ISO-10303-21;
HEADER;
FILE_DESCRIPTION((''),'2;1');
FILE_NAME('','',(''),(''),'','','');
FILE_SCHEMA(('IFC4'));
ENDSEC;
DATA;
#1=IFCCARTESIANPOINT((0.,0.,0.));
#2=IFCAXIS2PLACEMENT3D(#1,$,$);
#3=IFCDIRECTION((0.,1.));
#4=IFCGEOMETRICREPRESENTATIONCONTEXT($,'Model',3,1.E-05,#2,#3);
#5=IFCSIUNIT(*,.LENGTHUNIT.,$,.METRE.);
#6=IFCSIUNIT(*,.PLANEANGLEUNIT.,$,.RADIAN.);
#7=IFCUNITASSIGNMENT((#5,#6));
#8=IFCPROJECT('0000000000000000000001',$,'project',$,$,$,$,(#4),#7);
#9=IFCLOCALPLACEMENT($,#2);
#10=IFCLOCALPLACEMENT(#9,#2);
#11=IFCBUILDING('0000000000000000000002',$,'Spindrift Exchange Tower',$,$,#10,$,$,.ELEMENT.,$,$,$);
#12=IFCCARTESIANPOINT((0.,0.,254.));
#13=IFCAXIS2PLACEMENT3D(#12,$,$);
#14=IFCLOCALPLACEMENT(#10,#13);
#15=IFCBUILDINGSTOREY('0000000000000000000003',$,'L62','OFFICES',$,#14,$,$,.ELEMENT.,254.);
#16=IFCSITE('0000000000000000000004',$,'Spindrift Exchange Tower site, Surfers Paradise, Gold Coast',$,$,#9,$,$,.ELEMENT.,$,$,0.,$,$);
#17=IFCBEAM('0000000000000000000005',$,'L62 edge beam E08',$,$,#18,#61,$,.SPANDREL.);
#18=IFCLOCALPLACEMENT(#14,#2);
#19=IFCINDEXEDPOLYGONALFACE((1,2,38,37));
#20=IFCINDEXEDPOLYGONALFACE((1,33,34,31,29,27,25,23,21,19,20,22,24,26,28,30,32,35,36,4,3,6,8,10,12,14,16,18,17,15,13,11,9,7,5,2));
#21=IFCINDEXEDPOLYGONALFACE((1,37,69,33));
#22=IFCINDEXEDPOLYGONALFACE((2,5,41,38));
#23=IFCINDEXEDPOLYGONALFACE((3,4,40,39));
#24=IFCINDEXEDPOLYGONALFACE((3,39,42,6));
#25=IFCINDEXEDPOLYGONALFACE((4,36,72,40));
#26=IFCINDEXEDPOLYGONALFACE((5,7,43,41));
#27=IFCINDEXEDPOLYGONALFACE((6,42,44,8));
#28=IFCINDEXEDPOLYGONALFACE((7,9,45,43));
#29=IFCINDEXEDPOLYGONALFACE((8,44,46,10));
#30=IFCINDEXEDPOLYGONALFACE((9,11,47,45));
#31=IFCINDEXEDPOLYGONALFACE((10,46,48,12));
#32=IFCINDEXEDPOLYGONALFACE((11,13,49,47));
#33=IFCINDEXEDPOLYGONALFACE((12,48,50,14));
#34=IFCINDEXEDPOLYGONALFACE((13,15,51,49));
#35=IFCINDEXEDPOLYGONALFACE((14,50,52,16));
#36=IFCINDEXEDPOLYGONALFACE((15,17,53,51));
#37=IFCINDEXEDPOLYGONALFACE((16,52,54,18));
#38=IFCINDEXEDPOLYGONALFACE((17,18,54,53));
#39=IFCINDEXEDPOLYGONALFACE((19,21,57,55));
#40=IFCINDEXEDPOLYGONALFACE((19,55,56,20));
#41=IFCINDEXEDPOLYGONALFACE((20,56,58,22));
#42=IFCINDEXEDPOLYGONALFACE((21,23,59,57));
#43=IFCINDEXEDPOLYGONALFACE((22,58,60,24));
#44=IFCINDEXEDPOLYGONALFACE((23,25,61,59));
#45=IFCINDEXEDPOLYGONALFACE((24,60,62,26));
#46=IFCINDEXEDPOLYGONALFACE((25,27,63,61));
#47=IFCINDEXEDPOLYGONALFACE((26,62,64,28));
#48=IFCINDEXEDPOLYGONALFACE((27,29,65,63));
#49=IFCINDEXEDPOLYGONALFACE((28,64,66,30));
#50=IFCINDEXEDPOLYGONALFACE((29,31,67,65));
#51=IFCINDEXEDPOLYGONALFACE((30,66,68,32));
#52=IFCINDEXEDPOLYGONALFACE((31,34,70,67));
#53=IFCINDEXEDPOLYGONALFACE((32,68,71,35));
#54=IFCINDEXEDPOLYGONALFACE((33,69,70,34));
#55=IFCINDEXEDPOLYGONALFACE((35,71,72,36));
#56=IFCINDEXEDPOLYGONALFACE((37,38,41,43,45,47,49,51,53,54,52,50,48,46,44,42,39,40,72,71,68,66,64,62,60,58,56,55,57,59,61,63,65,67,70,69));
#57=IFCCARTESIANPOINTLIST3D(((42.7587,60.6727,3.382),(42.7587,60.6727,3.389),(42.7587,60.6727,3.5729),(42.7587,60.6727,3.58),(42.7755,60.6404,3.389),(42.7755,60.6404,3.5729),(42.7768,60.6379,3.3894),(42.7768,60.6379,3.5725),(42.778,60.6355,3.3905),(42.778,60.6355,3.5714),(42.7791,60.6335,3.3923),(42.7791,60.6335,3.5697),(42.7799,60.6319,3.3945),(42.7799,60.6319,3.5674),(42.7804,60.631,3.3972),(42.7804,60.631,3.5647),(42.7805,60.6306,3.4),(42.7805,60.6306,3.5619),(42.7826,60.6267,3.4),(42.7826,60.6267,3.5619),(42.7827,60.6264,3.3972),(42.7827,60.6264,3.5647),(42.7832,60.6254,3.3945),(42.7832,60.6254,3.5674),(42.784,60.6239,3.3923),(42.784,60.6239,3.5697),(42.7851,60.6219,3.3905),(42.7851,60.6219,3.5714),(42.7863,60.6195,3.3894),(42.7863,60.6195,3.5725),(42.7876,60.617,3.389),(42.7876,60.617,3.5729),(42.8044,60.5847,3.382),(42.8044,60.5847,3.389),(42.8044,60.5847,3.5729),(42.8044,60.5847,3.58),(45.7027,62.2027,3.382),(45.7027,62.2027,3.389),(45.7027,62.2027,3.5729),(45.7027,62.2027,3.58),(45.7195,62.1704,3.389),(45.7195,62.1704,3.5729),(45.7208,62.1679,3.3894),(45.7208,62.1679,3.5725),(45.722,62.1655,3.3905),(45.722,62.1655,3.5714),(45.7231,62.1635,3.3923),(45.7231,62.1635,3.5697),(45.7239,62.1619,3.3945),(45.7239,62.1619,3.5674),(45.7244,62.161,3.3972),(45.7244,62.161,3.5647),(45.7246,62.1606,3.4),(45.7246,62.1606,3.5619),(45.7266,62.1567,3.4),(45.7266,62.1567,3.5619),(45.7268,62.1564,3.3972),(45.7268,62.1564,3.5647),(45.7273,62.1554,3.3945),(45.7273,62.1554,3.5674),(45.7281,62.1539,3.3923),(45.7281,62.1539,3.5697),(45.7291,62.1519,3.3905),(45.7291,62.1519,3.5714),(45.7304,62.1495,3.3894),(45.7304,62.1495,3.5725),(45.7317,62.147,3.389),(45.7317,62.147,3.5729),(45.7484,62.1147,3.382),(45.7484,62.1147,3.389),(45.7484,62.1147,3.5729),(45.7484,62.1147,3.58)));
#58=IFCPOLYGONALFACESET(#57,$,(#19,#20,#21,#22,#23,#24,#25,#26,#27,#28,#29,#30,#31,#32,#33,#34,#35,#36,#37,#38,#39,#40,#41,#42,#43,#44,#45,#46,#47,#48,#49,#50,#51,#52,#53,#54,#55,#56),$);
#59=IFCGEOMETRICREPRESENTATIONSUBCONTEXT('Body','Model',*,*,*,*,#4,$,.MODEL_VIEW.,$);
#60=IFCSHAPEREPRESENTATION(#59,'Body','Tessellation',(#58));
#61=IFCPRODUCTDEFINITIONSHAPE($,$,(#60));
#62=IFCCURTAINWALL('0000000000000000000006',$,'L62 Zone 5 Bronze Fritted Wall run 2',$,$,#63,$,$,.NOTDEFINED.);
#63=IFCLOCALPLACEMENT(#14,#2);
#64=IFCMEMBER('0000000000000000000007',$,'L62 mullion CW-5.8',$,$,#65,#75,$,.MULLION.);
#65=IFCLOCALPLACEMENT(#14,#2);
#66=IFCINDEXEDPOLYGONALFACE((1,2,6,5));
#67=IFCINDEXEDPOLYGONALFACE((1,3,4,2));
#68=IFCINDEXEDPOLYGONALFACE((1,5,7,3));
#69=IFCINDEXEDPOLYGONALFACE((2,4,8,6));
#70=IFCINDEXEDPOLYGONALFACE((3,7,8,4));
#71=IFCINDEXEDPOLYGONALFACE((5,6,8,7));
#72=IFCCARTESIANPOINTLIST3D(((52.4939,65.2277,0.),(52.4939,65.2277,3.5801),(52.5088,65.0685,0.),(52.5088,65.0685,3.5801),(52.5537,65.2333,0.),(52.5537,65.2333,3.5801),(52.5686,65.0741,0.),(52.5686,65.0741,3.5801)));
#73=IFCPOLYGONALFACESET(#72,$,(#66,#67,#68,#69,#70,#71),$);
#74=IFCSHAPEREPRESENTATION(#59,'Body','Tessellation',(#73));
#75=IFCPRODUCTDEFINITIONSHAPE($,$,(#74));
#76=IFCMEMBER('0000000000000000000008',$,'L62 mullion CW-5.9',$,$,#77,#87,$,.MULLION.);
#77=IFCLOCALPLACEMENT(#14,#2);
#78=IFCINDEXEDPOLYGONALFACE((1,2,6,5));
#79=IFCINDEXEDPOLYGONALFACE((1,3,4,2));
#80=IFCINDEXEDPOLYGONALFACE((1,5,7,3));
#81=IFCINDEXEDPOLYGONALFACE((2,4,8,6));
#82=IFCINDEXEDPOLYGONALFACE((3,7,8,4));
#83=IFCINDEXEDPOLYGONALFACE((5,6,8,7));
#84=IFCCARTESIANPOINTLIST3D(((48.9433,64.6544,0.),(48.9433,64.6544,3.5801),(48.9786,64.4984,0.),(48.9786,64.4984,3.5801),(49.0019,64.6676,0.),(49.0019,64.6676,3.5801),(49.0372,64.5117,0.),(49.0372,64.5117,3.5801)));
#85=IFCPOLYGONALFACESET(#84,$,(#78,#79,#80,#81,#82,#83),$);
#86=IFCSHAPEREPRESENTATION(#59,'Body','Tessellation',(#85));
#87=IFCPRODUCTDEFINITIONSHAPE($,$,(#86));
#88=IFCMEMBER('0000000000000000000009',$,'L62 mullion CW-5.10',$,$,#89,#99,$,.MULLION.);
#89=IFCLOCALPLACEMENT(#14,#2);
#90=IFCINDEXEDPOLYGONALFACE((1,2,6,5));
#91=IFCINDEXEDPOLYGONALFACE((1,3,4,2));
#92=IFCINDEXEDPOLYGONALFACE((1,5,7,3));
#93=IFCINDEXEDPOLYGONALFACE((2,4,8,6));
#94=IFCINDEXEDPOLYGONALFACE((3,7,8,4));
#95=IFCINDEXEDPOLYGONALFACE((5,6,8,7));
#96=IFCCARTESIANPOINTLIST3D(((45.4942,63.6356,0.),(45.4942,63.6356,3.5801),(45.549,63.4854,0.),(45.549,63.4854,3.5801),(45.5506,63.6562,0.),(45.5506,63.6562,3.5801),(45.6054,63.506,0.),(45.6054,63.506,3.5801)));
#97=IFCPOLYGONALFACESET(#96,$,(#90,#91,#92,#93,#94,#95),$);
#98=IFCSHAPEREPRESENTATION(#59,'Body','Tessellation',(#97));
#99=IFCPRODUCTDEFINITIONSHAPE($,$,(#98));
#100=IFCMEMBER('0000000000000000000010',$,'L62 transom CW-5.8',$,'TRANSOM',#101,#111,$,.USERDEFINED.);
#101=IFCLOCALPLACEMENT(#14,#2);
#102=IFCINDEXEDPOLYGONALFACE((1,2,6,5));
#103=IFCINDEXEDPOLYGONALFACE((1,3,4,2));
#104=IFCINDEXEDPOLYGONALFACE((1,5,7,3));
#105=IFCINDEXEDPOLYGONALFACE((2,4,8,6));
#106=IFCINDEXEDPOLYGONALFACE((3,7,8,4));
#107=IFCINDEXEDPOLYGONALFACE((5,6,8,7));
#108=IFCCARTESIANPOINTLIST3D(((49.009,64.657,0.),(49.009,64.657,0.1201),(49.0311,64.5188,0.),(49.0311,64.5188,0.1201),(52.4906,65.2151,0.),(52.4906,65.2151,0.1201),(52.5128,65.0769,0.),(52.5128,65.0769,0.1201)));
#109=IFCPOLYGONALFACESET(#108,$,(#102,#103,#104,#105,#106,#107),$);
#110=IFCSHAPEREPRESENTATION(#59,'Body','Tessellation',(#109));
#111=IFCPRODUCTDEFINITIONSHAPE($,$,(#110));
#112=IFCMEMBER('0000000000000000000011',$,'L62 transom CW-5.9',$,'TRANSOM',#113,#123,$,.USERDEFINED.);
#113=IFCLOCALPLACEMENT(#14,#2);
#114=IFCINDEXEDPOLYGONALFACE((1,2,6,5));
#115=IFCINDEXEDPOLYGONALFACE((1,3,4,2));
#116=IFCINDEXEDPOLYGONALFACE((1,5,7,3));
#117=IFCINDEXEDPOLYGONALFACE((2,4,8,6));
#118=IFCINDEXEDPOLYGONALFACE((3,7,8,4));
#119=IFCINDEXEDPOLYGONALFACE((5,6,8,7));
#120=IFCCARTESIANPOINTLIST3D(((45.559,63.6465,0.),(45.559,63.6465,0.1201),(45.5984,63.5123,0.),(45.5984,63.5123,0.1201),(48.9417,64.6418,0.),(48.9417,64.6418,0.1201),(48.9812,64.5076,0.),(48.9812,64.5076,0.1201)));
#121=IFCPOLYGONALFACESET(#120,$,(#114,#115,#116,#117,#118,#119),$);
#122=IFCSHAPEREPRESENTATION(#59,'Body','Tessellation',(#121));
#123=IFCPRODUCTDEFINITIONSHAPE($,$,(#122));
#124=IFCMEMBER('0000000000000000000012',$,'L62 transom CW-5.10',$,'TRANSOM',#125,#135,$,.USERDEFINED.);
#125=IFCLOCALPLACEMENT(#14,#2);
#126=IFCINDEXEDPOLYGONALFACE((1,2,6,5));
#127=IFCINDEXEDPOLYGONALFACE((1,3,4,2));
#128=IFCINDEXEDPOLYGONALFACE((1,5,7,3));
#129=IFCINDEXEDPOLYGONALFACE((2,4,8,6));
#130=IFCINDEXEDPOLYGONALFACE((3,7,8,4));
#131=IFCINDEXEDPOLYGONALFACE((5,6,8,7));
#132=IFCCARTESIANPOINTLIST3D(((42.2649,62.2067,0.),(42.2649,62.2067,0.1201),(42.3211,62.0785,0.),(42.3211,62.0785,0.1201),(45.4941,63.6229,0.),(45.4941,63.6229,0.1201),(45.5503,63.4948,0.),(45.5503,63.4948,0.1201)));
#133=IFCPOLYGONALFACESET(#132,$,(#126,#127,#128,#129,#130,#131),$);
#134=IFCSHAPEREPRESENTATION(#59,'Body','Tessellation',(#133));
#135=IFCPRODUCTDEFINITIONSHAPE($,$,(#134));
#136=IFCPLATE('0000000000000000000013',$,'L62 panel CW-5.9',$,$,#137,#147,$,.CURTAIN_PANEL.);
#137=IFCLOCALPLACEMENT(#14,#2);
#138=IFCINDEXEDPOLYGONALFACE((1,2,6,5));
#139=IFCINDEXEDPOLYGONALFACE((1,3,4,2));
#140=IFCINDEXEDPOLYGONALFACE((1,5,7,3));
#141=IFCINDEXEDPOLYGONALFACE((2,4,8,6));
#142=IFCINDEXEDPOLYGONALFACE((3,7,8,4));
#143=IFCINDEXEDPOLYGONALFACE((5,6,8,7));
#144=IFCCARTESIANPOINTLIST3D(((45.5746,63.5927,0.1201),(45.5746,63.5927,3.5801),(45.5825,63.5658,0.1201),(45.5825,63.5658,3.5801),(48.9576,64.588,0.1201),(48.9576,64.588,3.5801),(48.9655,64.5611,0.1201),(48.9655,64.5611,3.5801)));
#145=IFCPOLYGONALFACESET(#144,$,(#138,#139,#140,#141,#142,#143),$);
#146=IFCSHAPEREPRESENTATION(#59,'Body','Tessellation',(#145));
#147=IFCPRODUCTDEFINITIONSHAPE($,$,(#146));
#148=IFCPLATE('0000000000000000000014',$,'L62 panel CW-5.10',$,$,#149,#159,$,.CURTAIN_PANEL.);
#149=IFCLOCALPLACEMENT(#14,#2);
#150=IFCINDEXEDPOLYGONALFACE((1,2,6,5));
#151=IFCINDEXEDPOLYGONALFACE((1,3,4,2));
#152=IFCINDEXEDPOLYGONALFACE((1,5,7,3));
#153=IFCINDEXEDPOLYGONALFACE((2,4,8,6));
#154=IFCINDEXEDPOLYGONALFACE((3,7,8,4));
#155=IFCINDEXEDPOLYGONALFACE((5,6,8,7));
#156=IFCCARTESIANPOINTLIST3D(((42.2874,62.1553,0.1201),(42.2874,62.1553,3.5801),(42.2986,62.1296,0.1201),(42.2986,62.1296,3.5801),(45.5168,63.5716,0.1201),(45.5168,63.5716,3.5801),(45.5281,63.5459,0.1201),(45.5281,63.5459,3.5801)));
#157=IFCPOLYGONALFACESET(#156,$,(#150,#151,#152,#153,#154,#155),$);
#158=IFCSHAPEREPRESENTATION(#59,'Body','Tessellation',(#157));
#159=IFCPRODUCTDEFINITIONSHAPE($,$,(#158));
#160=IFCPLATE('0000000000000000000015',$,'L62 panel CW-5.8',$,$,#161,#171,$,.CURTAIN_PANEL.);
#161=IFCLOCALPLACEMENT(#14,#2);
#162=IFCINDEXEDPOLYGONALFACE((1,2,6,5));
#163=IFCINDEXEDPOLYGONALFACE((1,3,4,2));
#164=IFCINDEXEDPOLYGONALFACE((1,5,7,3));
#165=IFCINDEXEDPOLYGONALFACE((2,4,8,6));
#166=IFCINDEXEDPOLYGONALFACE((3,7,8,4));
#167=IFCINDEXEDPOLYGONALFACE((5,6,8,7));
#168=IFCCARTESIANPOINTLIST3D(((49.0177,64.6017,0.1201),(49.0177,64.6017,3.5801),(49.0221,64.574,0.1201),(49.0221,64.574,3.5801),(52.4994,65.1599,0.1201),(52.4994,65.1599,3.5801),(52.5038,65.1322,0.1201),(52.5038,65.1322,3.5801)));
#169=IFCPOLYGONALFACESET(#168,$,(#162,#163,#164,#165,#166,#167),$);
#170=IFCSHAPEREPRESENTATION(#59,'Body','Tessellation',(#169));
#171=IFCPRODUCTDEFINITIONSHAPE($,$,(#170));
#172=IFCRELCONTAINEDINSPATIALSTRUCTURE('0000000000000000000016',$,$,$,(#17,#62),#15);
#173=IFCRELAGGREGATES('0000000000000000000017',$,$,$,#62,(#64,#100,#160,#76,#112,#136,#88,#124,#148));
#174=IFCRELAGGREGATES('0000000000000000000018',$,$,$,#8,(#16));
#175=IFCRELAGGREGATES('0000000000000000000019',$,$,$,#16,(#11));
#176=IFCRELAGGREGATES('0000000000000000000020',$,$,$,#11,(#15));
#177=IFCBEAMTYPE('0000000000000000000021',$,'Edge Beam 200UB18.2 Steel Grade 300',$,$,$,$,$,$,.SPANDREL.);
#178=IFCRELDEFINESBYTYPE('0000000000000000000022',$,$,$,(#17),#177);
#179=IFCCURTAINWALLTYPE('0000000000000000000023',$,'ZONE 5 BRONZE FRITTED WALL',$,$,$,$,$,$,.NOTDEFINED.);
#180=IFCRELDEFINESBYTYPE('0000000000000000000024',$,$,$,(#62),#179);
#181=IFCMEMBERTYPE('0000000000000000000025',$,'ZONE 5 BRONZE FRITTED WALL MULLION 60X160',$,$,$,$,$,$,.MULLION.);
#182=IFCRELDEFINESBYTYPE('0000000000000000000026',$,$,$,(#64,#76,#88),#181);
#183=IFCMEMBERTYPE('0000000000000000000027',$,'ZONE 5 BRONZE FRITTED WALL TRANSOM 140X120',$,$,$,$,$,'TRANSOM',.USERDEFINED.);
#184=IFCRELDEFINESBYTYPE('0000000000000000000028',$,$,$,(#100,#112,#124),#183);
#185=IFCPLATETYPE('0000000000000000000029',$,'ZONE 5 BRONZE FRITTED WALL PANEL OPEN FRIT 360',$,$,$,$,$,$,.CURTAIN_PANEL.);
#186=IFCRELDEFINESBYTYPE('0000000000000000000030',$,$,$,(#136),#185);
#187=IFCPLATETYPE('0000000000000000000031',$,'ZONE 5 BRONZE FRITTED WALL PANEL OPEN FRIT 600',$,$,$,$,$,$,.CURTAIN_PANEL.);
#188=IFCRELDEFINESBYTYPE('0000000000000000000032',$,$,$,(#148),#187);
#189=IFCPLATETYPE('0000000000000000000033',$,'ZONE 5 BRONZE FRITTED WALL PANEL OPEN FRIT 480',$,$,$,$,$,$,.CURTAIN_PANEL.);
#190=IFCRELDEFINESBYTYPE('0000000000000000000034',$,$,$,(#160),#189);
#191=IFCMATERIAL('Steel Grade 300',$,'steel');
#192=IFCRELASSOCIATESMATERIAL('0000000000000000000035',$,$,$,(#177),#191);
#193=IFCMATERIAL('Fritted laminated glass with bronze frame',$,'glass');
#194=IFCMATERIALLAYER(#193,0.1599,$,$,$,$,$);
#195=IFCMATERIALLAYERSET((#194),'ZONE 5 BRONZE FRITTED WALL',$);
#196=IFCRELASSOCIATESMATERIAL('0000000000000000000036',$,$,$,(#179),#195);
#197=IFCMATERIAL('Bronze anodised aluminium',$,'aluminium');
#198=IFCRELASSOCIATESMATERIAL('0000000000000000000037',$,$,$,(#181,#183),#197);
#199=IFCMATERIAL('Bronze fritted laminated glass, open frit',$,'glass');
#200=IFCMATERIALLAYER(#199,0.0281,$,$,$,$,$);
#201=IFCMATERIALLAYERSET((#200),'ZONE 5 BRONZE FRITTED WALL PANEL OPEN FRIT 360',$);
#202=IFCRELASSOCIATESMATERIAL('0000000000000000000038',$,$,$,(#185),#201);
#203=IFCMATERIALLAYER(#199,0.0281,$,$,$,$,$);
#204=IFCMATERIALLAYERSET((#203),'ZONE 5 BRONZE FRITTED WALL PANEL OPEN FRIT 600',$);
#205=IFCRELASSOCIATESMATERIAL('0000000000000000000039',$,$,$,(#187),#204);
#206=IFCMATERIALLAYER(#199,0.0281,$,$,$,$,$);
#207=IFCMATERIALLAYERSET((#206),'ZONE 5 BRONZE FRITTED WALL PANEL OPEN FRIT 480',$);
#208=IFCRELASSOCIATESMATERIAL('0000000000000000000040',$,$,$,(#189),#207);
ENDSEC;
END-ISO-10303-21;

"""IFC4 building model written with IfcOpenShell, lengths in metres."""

from ifc_helpers import new_model, si_unit, direction, frame, origin, origin_2d, place, context, subcontext, project, spatial, rectangle, i_section, extrude, source, transform, mapped, material, layer, layer_set, material_profile, profile_set, type_object, element, aggregate, save


model = new_model("IFC4")

# Units and contexts
model_context = context("Model", 3, precision=1e-05, world=origin(), true_north=direction((0.0, 1.0)))
body_context = subcontext(model_context, "Body", "Model", "MODEL_VIEW")
ifc_project = project(units=[si_unit("LENGTHUNIT", "METRE"), si_unit("PLANEANGLEUNIT", "RADIAN")], contexts=[model_context])

# Site, building, storey
site_placement = place(None, origin())
site = spatial("IfcSite", under=ifc_project, at=site_placement, Name="Spindrift Exchange Tower site, Surfers Paradise, Gold Coast", CompositionType="ELEMENT", RefElevation=0.0)
building_placement = place(site_placement, origin())
building = spatial("IfcBuilding", under=site, at=building_placement, Name="Spindrift Exchange Tower", CompositionType="ELEMENT")
storey_placement = place(building_placement, frame((0.0, 0.0, 254.0)))
storey = spatial("IfcBuildingStorey", under=building, at=storey_placement, Name="L62", Description="OFFICES", CompositionType="ELEMENT", Elevation=254.0)

# Beam
ifc_material_1 = material(Name="Steel Grade 300", Category="steel")
ifc_material_profile_1 = material_profile(ifc_material_1, i_section(OverallWidth=0.0991, OverallDepth=0.198, WebThickness=0.0044, FlangeThickness=0.0071, FilletRadius=0.011, at=origin_2d()), Name="200UB18.2")
ifc_profile_set_1 = profile_set([ifc_material_profile_1], Name="Steel Grade 300")
beam_type_1 = type_object("IfcBeamType", Name="Edge Beam 200UB18.2 Steel Grade 300", PredefinedType="SPANDREL", material=ifc_profile_set_1)
shared_shape_1 = source(origin(), body_context, "Body", "SweptSolid", [
    extrude(i_section(OverallWidth=0.0991, OverallDepth=0.198, WebThickness=0.0044, FlangeThickness=0.0071, FilletRadius=0.011, at=origin_2d()), origin(), (0.0, 0.0, 1.0), 3.3179),
])
beam_1_placement = place(storey_placement, frame((45.7256, 62.1587, 3.481), z_axis=(-0.887328, -0.46114, 0.0), x_axis=(0.46114, -0.887328, 0.0)))
element("IfcBeam", 1, at=beam_1_placement, inside=storey, type_object=beam_type_1, Name="L62 edge beam E08", PredefinedType="SPANDREL", context=body_context, shape_type="MappedRepresentation", body=[
    mapped(shared_shape_1, transform((0.0, 0.0, 0.0), scale=1.0)),
])

# Curtain wall, members, plates
ifc_material_2 = material(Name="Fritted laminated glass with bronze frame", Category="glass")
ifc_layer_1 = layer(ifc_material_2, 0.1599)
ifc_layer_set_1 = layer_set([ifc_layer_1], Name="ZONE 5 BRONZE FRITTED WALL")
curtain_wall_type = type_object("IfcCurtainWallType", Name="ZONE 5 BRONZE FRITTED WALL", PredefinedType="NOTDEFINED", material=ifc_layer_set_1)
curtain_wall_placement = place(storey_placement, origin())
curtain_wall = element("IfcCurtainWall", 2, at=curtain_wall_placement, inside=storey, type_object=curtain_wall_type, Name="L62 Zone 5 Bronze Fritted Wall run 2", PredefinedType="NOTDEFINED")
ifc_material_3 = material(Name="Bronze anodised aluminium", Category="aluminium")
ifc_material_profile_2 = material_profile(ifc_material_3, rectangle(XDim=0.0601, YDim=0.1599, at=origin_2d()), Name="ZONE 5 BRONZE FRITTED WALL MULLION 60X160")
ifc_profile_set_2 = profile_set([ifc_material_profile_2], Name="Bronze anodised aluminium")
member_type_1 = type_object("IfcMemberType", Name="ZONE 5 BRONZE FRITTED WALL MULLION 60X160", PredefinedType="MULLION", material=ifc_profile_set_2)
shared_shape_2 = source(origin(), body_context, "Body", "SweptSolid", [
    extrude(rectangle(XDim=0.0601, YDim=0.1599, at=origin_2d()), origin(), (0.0, 0.0, 1.0), 3.5801),
])
member_1_placement = place(storey_placement, frame((52.5312, 65.1509, 0.0), z_axis=(0.0, 0.0, 1.0), x_axis=(-0.995656, -0.093113, 0.0)))
member_1 = element("IfcMember", 3, at=member_1_placement, type_object=member_type_1, Name="L62 mullion CW-5.8", PredefinedType="MULLION", context=body_context, shape_type="MappedRepresentation", body=[
    mapped(shared_shape_2, transform((0.0, 0.0, 0.0), scale=1.0)),
])
member_2_placement = place(storey_placement, frame((48.9902, 64.583, 0.0), z_axis=(0.0, 0.0, 1.0), x_axis=(-0.975338, -0.220716, 0.0)))
member_2 = element("IfcMember", 4, at=member_2_placement, type_object=member_type_1, Name="L62 mullion CW-5.9", PredefinedType="MULLION", context=body_context, shape_type="MappedRepresentation", body=[
    mapped(shared_shape_2, transform((0.0, 0.0, 0.0), scale=1.0)),
])
member_3_placement = place(storey_placement, frame((45.5498, 63.5708, 0.0), z_axis=(0.0, 0.0, 1.0), x_axis=(-0.939469, -0.342634, 0.0)))
member_3 = element("IfcMember", 5, at=member_3_placement, type_object=member_type_1, Name="L62 mullion CW-5.10", PredefinedType="MULLION", context=body_context, shape_type="MappedRepresentation", body=[
    mapped(shared_shape_2, transform((0.0, 0.0, 0.0), scale=1.0)),
])
ifc_material_profile_3 = material_profile(ifc_material_3, rectangle(XDim=0.1399, YDim=0.1201, at=origin_2d()), Name="ZONE 5 BRONZE FRITTED WALL TRANSOM 140X120")
ifc_profile_set_3 = profile_set([ifc_material_profile_3], Name="Bronze anodised aluminium")
member_type_2 = type_object("IfcMemberType", Name="ZONE 5 BRONZE FRITTED WALL TRANSOM 140X120", ElementType="TRANSOM", PredefinedType="USERDEFINED", material=ifc_profile_set_3)
shared_shape_3 = source(origin(), body_context, "Body", "SweptSolid", [
    extrude(rectangle(XDim=0.1399, YDim=0.1201, at=origin_2d()), origin(), (0.0, 0.0, 1.0), 3.5261),
])
member_4_placement = place(storey_placement, frame((52.5017, 65.146, 0.0601), z_axis=(-0.987395, -0.158277, 0.0), x_axis=(0.158277, -0.987395, 0.0)))
member_4 = element("IfcMember", 6, at=member_4_placement, type_object=member_type_2, Name="L62 transom CW-5.8", ObjectType="TRANSOM", PredefinedType="USERDEFINED", context=body_context, shape_type="MappedRepresentation", body=[
    mapped(shared_shape_3, transform((0.0, 0.0, 0.0), scale=1.0)),
])
member_5_placement = place(storey_placement, frame((48.9614, 64.5747, 0.0601), z_axis=(-0.959334, -0.282275, 0.0), x_axis=(0.282275, -0.959334, 0.0)))
member_5 = element("IfcMember", 7, at=member_5_placement, type_object=member_type_2, Name="L62 transom CW-5.9", ObjectType="TRANSOM", PredefinedType="USERDEFINED", context=body_context, shape_type="MappedRepresentation", body=[
    mapped(shared_shape_3, transform((0.0, 0.0, 0.0), scale=1.0)),
])
member_6_placement = place(storey_placement, frame((45.5222, 63.5588, 0.0601), z_axis=(-0.915796, -0.401643, 0.0), x_axis=(0.401643, -0.915796, 0.0)))
member_6 = element("IfcMember", 8, at=member_6_placement, type_object=member_type_2, Name="L62 transom CW-5.10", ObjectType="TRANSOM", PredefinedType="USERDEFINED", context=body_context, shape_type="MappedRepresentation", body=[
    mapped(shared_shape_3, transform((0.0, 0.0, 0.0), scale=1.0)),
])
ifc_material_4 = material(Name="Bronze fritted laminated glass, open frit", Category="glass")
ifc_layer_2 = layer(ifc_material_4, 0.0281)
ifc_layer_set_2 = layer_set([ifc_layer_2], Name="ZONE 5 BRONZE FRITTED WALL PANEL OPEN FRIT 360")
plate_type_1 = type_object("IfcPlateType", Name="ZONE 5 BRONZE FRITTED WALL PANEL OPEN FRIT 360", PredefinedType="CURTAIN_PANEL", material=ifc_layer_set_2)
shared_shape_4 = source(origin(), body_context, "Body", "SweptSolid", [
    extrude(rectangle(XDim=3.5264, YDim=0.0281, at=origin_2d()), origin(), (0.0, 0.0, 1.0), 3.46),
])
plate_1_placement = place(storey_placement, frame((47.27, 64.0769, 0.1201), z_axis=(0.0, 0.0, 1.0), x_axis=(-0.959344, -0.282241, 0.0)))
plate_1 = element("IfcPlate", 9, at=plate_1_placement, type_object=plate_type_1, Name="L62 panel CW-5.9", PredefinedType="CURTAIN_PANEL", context=body_context, shape_type="MappedRepresentation", body=[
    mapped(shared_shape_4, transform((0.0, 0.0, 0.0), scale=1.0)),
])
ifc_layer_3 = layer(ifc_material_4, 0.0281)
ifc_layer_set_3 = layer_set([ifc_layer_3], Name="ZONE 5 BRONZE FRITTED WALL PANEL OPEN FRIT 600")
plate_type_2 = type_object("IfcPlateType", Name="ZONE 5 BRONZE FRITTED WALL PANEL OPEN FRIT 600", PredefinedType="CURTAIN_PANEL", material=ifc_layer_set_3)
shared_shape_5 = source(origin(), body_context, "Body", "SweptSolid", [
    extrude(rectangle(XDim=3.5264, YDim=0.0281, at=origin_2d()), origin(), (0.0, 0.0, 1.0), 3.46),
])
plate_2_placement = place(storey_placement, frame((43.9077, 62.8506, 0.1201), z_axis=(0.0, 0.0, 1.0), x_axis=(-0.915797, -0.401643, 0.0)))
plate_2 = element("IfcPlate", 10, at=plate_2_placement, type_object=plate_type_2, Name="L62 panel CW-5.10", PredefinedType="CURTAIN_PANEL", context=body_context, shape_type="MappedRepresentation", body=[
    mapped(shared_shape_5, transform((0.0, 0.0, 0.0), scale=1.0)),
])
ifc_layer_4 = layer(ifc_material_4, 0.0281)
ifc_layer_set_4 = layer_set([ifc_layer_4], Name="ZONE 5 BRONZE FRITTED WALL PANEL OPEN FRIT 480")
plate_type_3 = type_object("IfcPlateType", Name="ZONE 5 BRONZE FRITTED WALL PANEL OPEN FRIT 480", PredefinedType="CURTAIN_PANEL", material=ifc_layer_set_4)
shared_shape_6 = source(origin(), body_context, "Body", "SweptSolid", [
    extrude(rectangle(XDim=3.5261, YDim=0.0281, at=origin_2d()), origin(), (0.0, 0.0, 1.0), 3.46),
])
plate_3_placement = place(storey_placement, frame((50.7607, 64.8669, 0.1201), z_axis=(0.0, 0.0, 1.0), x_axis=(-0.987391, -0.158301, 0.0)))
plate_3 = element("IfcPlate", 11, at=plate_3_placement, type_object=plate_type_3, Name="L62 panel CW-5.8", PredefinedType="CURTAIN_PANEL", context=body_context, shape_type="MappedRepresentation", body=[
    mapped(shared_shape_6, transform((0.0, 0.0, 0.0), scale=1.0)),
])
aggregate(curtain_wall, [member_1, member_4, plate_3, member_2, member_5, plate_1, member_3, member_6, plate_2])

save(model, "model.ifc")
